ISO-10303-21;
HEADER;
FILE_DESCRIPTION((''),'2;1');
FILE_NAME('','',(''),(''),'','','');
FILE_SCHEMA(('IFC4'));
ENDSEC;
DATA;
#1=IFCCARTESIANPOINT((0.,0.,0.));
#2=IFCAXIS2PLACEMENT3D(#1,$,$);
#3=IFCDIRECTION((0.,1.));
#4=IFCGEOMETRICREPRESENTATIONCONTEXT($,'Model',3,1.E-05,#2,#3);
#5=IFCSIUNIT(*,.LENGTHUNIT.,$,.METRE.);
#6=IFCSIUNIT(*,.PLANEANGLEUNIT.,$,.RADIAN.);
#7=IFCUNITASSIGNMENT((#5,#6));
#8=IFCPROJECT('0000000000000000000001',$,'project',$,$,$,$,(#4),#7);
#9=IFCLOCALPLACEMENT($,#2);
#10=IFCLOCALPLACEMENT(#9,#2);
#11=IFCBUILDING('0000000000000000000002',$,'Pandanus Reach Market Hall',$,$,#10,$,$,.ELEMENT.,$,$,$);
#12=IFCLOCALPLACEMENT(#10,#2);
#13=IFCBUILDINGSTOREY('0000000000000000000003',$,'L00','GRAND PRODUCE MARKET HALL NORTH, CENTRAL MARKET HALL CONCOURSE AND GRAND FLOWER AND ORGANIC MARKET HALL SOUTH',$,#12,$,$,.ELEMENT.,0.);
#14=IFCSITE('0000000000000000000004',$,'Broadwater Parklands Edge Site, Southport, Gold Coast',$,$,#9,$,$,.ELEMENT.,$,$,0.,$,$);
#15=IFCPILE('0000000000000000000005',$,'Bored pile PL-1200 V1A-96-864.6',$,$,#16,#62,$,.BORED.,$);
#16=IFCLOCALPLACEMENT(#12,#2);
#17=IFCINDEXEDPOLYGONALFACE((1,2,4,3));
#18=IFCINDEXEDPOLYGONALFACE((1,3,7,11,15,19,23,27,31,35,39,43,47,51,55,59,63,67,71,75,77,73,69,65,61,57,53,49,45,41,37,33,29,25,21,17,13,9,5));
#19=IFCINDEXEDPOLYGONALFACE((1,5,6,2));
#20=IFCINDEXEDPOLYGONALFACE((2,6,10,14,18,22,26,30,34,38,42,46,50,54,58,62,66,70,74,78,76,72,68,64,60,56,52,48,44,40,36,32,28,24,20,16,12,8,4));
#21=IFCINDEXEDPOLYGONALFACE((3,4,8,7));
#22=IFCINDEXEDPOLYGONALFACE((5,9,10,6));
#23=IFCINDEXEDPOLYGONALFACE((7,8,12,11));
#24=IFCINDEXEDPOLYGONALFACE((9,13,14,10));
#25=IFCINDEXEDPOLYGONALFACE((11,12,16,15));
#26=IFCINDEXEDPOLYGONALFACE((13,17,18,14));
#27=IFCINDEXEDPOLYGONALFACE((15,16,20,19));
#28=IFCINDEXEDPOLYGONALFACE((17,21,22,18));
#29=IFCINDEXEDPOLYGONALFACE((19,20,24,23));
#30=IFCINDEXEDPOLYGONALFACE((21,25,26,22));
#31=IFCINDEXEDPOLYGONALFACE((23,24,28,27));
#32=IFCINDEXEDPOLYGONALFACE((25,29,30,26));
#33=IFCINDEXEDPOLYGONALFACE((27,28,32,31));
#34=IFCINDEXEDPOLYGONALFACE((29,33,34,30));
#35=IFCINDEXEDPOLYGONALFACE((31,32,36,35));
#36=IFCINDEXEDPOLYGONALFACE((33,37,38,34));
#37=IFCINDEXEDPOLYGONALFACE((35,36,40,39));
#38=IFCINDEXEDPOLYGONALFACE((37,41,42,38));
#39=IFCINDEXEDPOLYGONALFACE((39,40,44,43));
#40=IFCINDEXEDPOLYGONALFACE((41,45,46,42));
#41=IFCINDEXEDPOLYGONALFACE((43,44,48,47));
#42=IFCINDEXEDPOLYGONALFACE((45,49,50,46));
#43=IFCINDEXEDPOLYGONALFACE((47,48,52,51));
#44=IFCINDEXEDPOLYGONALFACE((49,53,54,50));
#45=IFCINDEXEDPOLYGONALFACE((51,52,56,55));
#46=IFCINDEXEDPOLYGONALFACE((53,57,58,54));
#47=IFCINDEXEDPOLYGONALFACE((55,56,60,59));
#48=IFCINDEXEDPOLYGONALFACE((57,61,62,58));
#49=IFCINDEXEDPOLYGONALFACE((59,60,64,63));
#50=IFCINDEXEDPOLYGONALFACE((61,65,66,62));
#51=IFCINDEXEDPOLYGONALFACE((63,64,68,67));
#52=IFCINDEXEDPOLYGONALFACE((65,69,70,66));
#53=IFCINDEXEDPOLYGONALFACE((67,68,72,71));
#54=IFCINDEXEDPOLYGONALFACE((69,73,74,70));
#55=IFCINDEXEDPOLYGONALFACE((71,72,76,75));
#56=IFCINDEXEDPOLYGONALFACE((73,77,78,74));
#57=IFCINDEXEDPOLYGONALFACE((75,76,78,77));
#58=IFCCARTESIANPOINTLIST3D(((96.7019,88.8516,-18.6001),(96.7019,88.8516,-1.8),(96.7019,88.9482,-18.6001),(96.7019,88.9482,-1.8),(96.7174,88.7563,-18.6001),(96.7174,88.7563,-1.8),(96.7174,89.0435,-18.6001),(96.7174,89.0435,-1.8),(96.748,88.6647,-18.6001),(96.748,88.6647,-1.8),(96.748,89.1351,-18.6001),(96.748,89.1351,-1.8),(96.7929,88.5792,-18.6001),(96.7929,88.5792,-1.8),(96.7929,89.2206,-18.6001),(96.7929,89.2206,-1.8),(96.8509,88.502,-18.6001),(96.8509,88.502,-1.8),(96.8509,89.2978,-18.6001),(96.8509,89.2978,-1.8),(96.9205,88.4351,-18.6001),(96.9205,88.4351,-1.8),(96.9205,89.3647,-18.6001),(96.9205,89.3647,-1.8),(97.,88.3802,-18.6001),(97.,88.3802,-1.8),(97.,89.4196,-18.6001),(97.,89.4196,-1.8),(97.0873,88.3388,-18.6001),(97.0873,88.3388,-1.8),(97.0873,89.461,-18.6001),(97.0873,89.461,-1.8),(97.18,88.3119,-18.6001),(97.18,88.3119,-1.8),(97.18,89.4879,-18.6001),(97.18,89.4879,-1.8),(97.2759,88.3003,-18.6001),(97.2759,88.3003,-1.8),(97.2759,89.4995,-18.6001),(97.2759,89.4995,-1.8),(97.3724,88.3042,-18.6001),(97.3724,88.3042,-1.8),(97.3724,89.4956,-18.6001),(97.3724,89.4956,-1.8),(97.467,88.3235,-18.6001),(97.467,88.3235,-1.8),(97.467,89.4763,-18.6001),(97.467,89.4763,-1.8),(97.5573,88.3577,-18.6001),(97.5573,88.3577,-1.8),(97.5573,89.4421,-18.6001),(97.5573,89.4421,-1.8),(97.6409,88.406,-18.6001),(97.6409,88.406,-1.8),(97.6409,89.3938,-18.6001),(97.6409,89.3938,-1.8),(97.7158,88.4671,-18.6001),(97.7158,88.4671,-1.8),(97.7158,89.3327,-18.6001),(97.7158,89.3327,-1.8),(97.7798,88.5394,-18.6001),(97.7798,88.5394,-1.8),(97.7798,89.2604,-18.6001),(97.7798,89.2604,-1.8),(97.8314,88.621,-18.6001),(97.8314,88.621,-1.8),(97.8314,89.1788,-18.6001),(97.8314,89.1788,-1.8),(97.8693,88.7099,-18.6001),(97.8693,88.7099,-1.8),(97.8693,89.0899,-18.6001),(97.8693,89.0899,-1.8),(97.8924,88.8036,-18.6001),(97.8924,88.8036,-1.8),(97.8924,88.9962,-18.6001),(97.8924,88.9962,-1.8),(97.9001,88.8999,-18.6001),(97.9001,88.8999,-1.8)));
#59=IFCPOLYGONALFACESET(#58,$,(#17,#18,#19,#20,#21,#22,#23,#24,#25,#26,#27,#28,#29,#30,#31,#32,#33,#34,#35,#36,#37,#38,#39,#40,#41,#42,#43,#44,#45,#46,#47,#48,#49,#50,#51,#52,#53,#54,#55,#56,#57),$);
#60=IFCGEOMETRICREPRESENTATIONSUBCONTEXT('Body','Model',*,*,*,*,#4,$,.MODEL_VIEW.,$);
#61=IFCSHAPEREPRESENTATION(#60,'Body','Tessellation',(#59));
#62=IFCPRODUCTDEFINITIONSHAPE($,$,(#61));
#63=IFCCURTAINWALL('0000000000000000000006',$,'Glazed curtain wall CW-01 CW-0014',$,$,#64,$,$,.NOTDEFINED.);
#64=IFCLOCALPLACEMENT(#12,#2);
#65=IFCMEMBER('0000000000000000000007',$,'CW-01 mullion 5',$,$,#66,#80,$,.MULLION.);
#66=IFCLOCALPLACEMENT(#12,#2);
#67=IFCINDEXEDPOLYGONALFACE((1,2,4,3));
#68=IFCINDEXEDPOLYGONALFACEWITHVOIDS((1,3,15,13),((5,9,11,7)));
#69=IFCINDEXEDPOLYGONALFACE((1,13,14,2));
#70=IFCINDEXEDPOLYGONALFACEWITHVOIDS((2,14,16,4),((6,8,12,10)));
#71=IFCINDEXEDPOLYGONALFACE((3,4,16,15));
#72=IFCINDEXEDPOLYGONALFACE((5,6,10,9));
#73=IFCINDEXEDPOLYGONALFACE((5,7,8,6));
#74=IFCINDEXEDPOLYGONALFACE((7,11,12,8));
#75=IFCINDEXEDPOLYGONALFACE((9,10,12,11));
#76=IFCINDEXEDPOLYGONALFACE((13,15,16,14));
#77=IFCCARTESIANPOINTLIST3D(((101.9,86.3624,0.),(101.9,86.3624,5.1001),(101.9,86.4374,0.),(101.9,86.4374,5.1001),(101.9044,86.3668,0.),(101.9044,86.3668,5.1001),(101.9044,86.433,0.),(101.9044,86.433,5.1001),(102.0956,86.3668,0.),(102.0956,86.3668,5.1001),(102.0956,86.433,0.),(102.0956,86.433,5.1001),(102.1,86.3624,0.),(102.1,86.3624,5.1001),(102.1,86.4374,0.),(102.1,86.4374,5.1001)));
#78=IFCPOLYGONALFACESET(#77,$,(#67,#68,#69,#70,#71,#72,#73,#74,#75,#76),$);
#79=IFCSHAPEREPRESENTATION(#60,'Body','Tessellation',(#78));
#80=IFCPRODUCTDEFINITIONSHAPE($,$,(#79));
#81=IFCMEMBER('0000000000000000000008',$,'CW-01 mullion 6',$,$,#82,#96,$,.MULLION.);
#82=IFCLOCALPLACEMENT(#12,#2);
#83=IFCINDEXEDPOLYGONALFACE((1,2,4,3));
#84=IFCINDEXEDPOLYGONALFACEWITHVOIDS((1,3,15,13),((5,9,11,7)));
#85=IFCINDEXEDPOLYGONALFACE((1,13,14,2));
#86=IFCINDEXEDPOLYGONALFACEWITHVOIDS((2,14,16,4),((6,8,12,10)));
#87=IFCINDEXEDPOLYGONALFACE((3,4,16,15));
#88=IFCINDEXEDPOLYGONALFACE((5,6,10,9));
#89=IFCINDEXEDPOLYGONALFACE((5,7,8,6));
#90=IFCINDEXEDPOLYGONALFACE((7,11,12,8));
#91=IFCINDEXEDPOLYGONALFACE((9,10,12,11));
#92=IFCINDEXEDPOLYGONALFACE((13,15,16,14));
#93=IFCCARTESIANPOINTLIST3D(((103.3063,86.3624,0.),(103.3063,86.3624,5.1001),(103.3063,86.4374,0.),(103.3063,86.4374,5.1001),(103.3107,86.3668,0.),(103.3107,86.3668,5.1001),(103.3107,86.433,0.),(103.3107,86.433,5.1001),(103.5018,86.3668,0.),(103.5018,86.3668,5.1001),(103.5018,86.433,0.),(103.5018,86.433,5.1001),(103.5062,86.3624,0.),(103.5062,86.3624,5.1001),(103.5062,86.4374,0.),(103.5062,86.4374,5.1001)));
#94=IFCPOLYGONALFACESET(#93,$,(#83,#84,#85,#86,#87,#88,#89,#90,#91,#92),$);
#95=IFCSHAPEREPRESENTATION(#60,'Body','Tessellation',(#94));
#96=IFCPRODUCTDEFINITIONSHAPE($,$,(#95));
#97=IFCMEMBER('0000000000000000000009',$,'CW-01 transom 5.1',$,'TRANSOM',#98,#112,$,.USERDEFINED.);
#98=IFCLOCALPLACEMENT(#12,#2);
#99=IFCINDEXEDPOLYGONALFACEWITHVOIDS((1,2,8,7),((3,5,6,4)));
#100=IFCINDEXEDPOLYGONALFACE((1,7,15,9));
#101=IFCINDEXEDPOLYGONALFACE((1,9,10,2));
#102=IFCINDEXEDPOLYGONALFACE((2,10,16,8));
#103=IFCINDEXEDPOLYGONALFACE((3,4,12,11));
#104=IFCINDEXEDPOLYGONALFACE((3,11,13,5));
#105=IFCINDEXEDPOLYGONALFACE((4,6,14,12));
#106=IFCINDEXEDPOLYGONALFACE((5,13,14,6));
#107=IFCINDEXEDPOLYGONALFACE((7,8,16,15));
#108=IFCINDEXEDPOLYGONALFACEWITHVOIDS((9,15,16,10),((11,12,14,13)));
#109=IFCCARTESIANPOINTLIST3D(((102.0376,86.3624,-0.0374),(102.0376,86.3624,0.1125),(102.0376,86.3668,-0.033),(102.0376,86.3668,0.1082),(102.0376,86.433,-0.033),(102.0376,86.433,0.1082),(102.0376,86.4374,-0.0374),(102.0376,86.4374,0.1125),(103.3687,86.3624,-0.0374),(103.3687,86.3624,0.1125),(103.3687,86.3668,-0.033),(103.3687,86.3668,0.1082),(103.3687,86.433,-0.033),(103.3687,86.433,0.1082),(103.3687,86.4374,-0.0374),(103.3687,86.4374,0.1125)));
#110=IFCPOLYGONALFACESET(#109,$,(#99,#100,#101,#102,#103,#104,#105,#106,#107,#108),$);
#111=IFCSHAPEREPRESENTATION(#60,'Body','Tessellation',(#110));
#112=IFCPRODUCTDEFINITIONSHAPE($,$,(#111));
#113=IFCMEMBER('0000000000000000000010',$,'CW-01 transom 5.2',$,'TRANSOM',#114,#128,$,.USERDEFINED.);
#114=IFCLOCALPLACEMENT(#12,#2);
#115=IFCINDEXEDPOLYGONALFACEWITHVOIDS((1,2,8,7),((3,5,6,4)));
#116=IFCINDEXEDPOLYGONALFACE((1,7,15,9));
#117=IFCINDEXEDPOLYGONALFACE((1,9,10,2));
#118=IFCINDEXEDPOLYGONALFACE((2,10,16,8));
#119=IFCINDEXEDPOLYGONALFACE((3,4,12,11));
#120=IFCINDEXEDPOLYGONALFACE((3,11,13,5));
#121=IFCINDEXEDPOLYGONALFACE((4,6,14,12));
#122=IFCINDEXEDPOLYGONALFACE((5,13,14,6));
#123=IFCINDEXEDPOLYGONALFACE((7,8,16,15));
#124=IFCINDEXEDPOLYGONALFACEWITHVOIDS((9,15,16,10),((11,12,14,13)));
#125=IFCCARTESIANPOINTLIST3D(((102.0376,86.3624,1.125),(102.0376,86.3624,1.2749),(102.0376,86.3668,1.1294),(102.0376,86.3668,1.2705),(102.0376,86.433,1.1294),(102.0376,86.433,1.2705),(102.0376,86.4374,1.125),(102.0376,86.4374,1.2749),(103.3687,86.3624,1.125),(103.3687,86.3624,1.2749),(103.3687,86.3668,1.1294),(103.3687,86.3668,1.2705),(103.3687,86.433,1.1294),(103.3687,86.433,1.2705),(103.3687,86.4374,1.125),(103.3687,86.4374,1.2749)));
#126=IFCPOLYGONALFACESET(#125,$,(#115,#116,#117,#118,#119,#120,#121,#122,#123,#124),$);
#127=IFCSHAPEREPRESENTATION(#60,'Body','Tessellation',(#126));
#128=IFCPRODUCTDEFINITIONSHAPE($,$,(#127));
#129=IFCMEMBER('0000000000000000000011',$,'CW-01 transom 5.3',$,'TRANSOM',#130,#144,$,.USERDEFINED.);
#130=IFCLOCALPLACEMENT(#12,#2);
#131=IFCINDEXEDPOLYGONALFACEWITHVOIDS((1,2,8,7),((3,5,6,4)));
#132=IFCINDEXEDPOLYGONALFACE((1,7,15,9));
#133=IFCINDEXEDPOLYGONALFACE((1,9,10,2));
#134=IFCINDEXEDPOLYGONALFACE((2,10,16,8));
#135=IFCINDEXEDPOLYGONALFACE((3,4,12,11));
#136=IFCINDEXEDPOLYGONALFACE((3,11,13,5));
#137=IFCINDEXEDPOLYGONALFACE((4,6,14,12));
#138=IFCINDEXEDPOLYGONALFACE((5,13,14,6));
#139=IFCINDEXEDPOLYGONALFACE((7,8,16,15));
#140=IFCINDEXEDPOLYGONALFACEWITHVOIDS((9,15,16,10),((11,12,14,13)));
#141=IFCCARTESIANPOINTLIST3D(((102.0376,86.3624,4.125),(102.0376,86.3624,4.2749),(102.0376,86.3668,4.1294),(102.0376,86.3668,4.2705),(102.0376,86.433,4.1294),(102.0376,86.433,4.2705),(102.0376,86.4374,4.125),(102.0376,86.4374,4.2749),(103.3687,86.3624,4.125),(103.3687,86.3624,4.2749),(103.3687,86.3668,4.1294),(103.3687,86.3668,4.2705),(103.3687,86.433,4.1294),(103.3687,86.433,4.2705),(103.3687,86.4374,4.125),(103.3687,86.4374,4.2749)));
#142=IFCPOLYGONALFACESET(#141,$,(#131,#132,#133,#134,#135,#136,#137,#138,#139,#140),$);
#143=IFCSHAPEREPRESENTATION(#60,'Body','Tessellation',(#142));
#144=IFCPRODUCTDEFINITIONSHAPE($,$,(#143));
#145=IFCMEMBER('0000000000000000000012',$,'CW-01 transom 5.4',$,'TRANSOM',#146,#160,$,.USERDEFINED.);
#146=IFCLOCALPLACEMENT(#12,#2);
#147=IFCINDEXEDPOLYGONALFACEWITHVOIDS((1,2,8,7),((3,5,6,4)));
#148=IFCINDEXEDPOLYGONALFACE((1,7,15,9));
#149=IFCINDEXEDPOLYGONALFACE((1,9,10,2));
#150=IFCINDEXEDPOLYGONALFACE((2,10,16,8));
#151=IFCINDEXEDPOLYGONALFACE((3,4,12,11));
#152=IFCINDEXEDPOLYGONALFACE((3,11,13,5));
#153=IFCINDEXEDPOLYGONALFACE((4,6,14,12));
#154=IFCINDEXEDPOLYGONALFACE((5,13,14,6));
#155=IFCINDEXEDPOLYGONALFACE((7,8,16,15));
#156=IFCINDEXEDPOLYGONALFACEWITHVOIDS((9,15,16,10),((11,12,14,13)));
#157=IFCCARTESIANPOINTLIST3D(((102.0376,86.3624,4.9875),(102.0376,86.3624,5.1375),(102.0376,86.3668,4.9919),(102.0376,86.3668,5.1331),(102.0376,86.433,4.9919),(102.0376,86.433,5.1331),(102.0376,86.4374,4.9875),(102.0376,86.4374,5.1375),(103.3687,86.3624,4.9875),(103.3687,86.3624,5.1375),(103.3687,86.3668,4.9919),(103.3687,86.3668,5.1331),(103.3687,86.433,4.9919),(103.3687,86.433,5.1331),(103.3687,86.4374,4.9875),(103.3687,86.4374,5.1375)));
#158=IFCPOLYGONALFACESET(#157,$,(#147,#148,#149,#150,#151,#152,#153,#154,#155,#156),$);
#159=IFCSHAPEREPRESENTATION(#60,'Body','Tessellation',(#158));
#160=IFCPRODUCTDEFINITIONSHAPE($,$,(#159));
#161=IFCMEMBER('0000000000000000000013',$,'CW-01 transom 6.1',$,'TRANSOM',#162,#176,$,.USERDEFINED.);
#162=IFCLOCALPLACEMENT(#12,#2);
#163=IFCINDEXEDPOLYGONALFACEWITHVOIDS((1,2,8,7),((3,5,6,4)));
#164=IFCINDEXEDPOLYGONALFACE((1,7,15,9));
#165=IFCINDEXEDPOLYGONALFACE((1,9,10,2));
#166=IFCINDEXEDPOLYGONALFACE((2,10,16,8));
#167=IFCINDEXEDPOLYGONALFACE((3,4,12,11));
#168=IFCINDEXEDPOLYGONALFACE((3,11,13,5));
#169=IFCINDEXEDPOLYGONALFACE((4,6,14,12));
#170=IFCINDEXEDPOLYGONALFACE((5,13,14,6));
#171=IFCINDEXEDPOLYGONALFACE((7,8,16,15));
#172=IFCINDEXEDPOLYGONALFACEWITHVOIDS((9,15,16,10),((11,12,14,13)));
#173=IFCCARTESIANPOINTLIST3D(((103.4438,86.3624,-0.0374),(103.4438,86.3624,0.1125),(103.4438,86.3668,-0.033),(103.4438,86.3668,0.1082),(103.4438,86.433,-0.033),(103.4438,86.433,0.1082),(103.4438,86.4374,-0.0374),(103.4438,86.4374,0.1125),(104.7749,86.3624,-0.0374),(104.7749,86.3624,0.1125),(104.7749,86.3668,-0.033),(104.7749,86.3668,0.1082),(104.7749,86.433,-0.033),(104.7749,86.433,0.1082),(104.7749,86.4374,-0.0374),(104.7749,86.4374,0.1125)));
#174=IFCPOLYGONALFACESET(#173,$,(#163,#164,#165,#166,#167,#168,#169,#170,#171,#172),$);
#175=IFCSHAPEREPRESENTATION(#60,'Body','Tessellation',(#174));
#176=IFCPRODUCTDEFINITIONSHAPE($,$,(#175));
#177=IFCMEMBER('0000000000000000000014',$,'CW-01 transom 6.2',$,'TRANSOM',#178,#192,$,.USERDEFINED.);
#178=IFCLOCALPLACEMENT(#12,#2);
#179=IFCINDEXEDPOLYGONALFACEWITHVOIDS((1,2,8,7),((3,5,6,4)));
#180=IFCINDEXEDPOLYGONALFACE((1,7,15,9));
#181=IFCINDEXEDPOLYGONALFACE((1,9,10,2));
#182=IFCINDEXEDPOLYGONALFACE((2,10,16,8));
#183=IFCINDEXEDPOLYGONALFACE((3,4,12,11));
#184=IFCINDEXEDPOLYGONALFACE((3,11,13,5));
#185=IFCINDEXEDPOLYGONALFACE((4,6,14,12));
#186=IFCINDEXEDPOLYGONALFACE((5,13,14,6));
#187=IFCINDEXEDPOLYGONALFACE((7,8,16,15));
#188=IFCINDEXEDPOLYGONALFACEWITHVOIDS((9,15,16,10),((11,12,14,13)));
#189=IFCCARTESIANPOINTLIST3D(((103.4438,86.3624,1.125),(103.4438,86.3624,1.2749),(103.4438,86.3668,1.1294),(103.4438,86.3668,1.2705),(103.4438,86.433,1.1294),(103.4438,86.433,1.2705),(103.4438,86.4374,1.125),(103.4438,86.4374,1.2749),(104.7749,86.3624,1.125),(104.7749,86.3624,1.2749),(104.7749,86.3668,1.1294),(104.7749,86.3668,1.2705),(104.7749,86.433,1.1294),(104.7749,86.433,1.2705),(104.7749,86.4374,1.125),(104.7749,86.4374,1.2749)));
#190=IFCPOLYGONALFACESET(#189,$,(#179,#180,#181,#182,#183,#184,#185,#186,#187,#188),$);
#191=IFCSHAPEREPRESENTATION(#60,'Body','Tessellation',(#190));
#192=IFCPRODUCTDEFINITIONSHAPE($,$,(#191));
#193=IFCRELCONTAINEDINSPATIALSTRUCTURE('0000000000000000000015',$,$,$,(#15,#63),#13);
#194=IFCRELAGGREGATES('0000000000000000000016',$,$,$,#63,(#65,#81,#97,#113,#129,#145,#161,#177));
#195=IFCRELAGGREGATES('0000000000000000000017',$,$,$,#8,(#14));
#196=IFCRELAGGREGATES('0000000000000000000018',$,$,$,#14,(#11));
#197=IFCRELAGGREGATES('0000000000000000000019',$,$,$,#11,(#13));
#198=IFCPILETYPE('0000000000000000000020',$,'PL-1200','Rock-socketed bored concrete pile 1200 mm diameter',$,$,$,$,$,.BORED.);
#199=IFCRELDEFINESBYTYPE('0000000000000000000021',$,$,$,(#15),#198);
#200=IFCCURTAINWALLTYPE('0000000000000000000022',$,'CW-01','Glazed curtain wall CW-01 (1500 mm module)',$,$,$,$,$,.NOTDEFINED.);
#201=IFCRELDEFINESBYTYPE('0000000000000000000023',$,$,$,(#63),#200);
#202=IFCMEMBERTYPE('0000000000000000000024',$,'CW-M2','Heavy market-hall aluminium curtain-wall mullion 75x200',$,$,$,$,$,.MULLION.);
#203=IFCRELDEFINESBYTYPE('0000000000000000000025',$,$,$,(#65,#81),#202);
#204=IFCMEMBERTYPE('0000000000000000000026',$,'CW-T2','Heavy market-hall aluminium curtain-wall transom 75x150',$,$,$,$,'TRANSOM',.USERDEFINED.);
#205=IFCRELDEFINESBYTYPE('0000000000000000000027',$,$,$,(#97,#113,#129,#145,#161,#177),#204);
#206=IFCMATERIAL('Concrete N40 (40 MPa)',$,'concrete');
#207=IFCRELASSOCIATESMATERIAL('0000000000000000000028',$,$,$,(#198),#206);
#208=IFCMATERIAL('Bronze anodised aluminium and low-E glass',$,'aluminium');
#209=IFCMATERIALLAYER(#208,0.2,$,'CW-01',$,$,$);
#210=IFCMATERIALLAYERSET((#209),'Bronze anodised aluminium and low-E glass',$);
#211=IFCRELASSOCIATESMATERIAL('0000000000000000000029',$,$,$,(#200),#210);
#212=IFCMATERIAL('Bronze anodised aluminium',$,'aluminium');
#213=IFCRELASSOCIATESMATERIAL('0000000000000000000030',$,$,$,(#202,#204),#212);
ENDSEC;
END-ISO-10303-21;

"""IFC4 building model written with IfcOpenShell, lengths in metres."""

from ifc_helpers import new_model, si_unit, direction, frame, origin, origin_2d, place, context, subcontext, project, spatial, hollow_rectangle, circle, extrude, material, layer, layer_set, material_profile, profile_set, type_object, element, aggregate, save


model = new_model("IFC4")

# Units and contexts
model_context = context("Model", 3, precision=1e-05, world=origin(), true_north=direction((0.0, 1.0)))
body_context = subcontext(model_context, "Body", "Model", "MODEL_VIEW")
ifc_project = project(units=[si_unit("LENGTHUNIT", "METRE"), si_unit("PLANEANGLEUNIT", "RADIAN")], contexts=[model_context])

# Site, building, storey
site_placement = place(None, origin())
site = spatial("IfcSite", under=ifc_project, at=site_placement, Name="Broadwater Parklands Edge Site, Southport, Gold Coast", CompositionType="ELEMENT", RefElevation=0.0)
building_placement = place(site_placement, origin())
building = spatial("IfcBuilding", under=site, at=building_placement, Name="Pandanus Reach Market Hall", CompositionType="ELEMENT")
storey_placement = place(building_placement, origin())
storey = spatial("IfcBuildingStorey", under=building, at=storey_placement, Name="L00", Description="GRAND PRODUCE MARKET HALL NORTH, CENTRAL MARKET HALL CONCOURSE AND GRAND FLOWER AND ORGANIC MARKET HALL SOUTH", CompositionType="ELEMENT", Elevation=0.0)

# Pile
ifc_material_1 = material(Name="Concrete N40 (40 MPa)", Category="concrete")
ifc_material_profile_1 = material_profile(ifc_material_1, circle(Radius=0.6001, at=origin_2d()), Name="PILE-1200D", Category="LoadBearing")
ifc_profile_set_1 = profile_set([ifc_material_profile_1], Name="Concrete N40 (40 MPa)")
pile_type = type_object("IfcPileType", Name="PL-1200", Description="Rock-socketed bored concrete pile 1200 mm diameter", PredefinedType="BORED", material=ifc_profile_set_1)
pile_placement = place(storey_placement, frame((97.3, 88.8999, -1.8), z_axis=(0.0, 0.0, -1.0), x_axis=(1.0, 0.0, 0.0)))
element("IfcPile", 1, at=pile_placement, inside=storey, type_object=pile_type, Name="Bored pile PL-1200 V1A-96-864.6", PredefinedType="BORED", context=body_context, shape_type="SweptSolid", body=[
    extrude(circle(Radius=0.6001, at=origin_2d()), origin(), (0.0, 0.0, 1.0), 16.8),
])

# Curtain wall, members
ifc_material_2 = material(Name="Bronze anodised aluminium and low-E glass", Category="aluminium")
ifc_layer_1 = layer(ifc_material_2, 0.2, Name="CW-01")
ifc_layer_set_1 = layer_set([ifc_layer_1], Name="Bronze anodised aluminium and low-E glass")
curtain_wall_type = type_object("IfcCurtainWallType", Name="CW-01", Description="Glazed curtain wall CW-01 (1500 mm module)", PredefinedType="NOTDEFINED", material=ifc_layer_set_1)
curtain_wall_placement = place(storey_placement, origin())
curtain_wall = element("IfcCurtainWall", 2, at=curtain_wall_placement, inside=storey, type_object=curtain_wall_type, Name="Glazed curtain wall CW-01 CW-0014", PredefinedType="NOTDEFINED")
ifc_material_3 = material(Name="Bronze anodised aluminium", Category="aluminium")
ifc_material_profile_2 = material_profile(ifc_material_3, hollow_rectangle(XDim=0.075, YDim=0.2, WallThickness=0.0044, at=origin_2d()), Name="ALU75x200", Category="LoadBearing")
ifc_profile_set_2 = profile_set([ifc_material_profile_2], Name="Bronze anodised aluminium")
member_type_1 = type_object("IfcMemberType", Name="CW-M2", Description="Heavy market-hall aluminium curtain-wall mullion 75x200", PredefinedType="MULLION", material=ifc_profile_set_2)
member_1_placement = place(storey_placement, frame((102.0, 86.3999, 0.0), z_axis=(0.0, 0.0, 1.0), x_axis=(0.0, 1.0, 0.0)))
member_1 = element("IfcMember", 3, at=member_1_placement, type_object=member_type_1, Name="CW-01 mullion 5", PredefinedType="MULLION", context=body_context, shape_type="SweptSolid", body=[
    extrude(hollow_rectangle(XDim=0.075, YDim=0.2, WallThickness=0.0044, at=origin_2d()), origin(), (0.0, 0.0, 1.0), 5.1001),
])
member_2_placement = place(storey_placement, frame((103.4062, 86.3999, 0.0), z_axis=(0.0, 0.0, 1.0), x_axis=(0.0, 1.0, 0.0)))
member_2 = element("IfcMember", 4, at=member_2_placement, type_object=member_type_1, Name="CW-01 mullion 6", PredefinedType="MULLION", context=body_context, shape_type="SweptSolid", body=[
    extrude(hollow_rectangle(XDim=0.075, YDim=0.2, WallThickness=0.0044, at=origin_2d()), origin(), (0.0, 0.0, 1.0), 5.1001),
])
ifc_material_profile_3 = material_profile(ifc_material_3, hollow_rectangle(XDim=0.075, YDim=0.1499, WallThickness=0.0044, at=origin_2d()), Name="ALU75x150", Category="LoadBearing")
ifc_profile_set_3 = profile_set([ifc_material_profile_3], Name="Bronze anodised aluminium")
member_type_2 = type_object("IfcMemberType", Name="CW-T2", Description="Heavy market-hall aluminium curtain-wall transom 75x150", ElementType="TRANSOM", PredefinedType="USERDEFINED", material=ifc_profile_set_3)
member_3_placement = place(storey_placement, frame((102.0376, 86.3999, 0.0376), z_axis=(1.0, 0.0, 0.0), x_axis=(0.0, 1.0, 0.0)))
member_3 = element("IfcMember", 5, at=member_3_placement, type_object=member_type_2, Name="CW-01 transom 5.1", ObjectType="TRANSOM", PredefinedType="USERDEFINED", context=body_context, shape_type="SweptSolid", body=[
    extrude(hollow_rectangle(XDim=0.075, YDim=0.1499, WallThickness=0.0044, at=origin_2d()), origin(), (0.0, 0.0, 1.0), 1.3311),
])
member_4_placement = place(storey_placement, frame((102.0376, 86.3999, 1.2), z_axis=(1.0, 0.0, 0.0), x_axis=(0.0, 1.0, 0.0)))
member_4 = element("IfcMember", 6, at=member_4_placement, type_object=member_type_2, Name="CW-01 transom 5.2", ObjectType="TRANSOM", PredefinedType="USERDEFINED", context=body_context, shape_type="SweptSolid", body=[
    extrude(hollow_rectangle(XDim=0.075, YDim=0.1499, WallThickness=0.0044, at=origin_2d()), origin(), (0.0, 0.0, 1.0), 1.3311),
])
member_5_placement = place(storey_placement, frame((102.0376, 86.3999, 4.2), z_axis=(1.0, 0.0, 0.0), x_axis=(0.0, 1.0, 0.0)))
member_5 = element("IfcMember", 7, at=member_5_placement, type_object=member_type_2, Name="CW-01 transom 5.3", ObjectType="TRANSOM", PredefinedType="USERDEFINED", context=body_context, shape_type="SweptSolid", body=[
    extrude(hollow_rectangle(XDim=0.075, YDim=0.1499, WallThickness=0.0044, at=origin_2d()), origin(), (0.0, 0.0, 1.0), 1.3311),
])
member_6_placement = place(storey_placement, frame((102.0376, 86.3999, 5.0625), z_axis=(1.0, 0.0, 0.0), x_axis=(0.0, 1.0, 0.0)))
member_6 = element("IfcMember", 8, at=member_6_placement, type_object=member_type_2, Name="CW-01 transom 5.4", ObjectType="TRANSOM", PredefinedType="USERDEFINED", context=body_context, shape_type="SweptSolid", body=[
    extrude(hollow_rectangle(XDim=0.075, YDim=0.1499, WallThickness=0.0044, at=origin_2d()), origin(), (0.0, 0.0, 1.0), 1.3311),
])
member_7_placement = place(storey_placement, frame((103.4438, 86.3999, 0.0376), z_axis=(1.0, 0.0, 0.0), x_axis=(0.0, 1.0, 0.0)))
member_7 = element("IfcMember", 9, at=member_7_placement, type_object=member_type_2, Name="CW-01 transom 6.1", ObjectType="TRANSOM", PredefinedType="USERDEFINED", context=body_context, shape_type="SweptSolid", body=[
    extrude(hollow_rectangle(XDim=0.075, YDim=0.1499, WallThickness=0.0044, at=origin_2d()), origin(), (0.0, 0.0, 1.0), 1.3311),
])
member_8_placement = place(storey_placement, frame((103.4438, 86.3999, 1.2), z_axis=(1.0, 0.0, 0.0), x_axis=(0.0, 1.0, 0.0)))
member_8 = element("IfcMember", 10, at=member_8_placement, type_object=member_type_2, Name="CW-01 transom 6.2", ObjectType="TRANSOM", PredefinedType="USERDEFINED", context=body_context, shape_type="SweptSolid", body=[
    extrude(hollow_rectangle(XDim=0.075, YDim=0.1499, WallThickness=0.0044, at=origin_2d()), origin(), (0.0, 0.0, 1.0), 1.3311),
])
aggregate(curtain_wall, [member_1, member_2, member_3, member_4, member_5, member_6, member_7, member_8])

save(model, "model.ifc")
